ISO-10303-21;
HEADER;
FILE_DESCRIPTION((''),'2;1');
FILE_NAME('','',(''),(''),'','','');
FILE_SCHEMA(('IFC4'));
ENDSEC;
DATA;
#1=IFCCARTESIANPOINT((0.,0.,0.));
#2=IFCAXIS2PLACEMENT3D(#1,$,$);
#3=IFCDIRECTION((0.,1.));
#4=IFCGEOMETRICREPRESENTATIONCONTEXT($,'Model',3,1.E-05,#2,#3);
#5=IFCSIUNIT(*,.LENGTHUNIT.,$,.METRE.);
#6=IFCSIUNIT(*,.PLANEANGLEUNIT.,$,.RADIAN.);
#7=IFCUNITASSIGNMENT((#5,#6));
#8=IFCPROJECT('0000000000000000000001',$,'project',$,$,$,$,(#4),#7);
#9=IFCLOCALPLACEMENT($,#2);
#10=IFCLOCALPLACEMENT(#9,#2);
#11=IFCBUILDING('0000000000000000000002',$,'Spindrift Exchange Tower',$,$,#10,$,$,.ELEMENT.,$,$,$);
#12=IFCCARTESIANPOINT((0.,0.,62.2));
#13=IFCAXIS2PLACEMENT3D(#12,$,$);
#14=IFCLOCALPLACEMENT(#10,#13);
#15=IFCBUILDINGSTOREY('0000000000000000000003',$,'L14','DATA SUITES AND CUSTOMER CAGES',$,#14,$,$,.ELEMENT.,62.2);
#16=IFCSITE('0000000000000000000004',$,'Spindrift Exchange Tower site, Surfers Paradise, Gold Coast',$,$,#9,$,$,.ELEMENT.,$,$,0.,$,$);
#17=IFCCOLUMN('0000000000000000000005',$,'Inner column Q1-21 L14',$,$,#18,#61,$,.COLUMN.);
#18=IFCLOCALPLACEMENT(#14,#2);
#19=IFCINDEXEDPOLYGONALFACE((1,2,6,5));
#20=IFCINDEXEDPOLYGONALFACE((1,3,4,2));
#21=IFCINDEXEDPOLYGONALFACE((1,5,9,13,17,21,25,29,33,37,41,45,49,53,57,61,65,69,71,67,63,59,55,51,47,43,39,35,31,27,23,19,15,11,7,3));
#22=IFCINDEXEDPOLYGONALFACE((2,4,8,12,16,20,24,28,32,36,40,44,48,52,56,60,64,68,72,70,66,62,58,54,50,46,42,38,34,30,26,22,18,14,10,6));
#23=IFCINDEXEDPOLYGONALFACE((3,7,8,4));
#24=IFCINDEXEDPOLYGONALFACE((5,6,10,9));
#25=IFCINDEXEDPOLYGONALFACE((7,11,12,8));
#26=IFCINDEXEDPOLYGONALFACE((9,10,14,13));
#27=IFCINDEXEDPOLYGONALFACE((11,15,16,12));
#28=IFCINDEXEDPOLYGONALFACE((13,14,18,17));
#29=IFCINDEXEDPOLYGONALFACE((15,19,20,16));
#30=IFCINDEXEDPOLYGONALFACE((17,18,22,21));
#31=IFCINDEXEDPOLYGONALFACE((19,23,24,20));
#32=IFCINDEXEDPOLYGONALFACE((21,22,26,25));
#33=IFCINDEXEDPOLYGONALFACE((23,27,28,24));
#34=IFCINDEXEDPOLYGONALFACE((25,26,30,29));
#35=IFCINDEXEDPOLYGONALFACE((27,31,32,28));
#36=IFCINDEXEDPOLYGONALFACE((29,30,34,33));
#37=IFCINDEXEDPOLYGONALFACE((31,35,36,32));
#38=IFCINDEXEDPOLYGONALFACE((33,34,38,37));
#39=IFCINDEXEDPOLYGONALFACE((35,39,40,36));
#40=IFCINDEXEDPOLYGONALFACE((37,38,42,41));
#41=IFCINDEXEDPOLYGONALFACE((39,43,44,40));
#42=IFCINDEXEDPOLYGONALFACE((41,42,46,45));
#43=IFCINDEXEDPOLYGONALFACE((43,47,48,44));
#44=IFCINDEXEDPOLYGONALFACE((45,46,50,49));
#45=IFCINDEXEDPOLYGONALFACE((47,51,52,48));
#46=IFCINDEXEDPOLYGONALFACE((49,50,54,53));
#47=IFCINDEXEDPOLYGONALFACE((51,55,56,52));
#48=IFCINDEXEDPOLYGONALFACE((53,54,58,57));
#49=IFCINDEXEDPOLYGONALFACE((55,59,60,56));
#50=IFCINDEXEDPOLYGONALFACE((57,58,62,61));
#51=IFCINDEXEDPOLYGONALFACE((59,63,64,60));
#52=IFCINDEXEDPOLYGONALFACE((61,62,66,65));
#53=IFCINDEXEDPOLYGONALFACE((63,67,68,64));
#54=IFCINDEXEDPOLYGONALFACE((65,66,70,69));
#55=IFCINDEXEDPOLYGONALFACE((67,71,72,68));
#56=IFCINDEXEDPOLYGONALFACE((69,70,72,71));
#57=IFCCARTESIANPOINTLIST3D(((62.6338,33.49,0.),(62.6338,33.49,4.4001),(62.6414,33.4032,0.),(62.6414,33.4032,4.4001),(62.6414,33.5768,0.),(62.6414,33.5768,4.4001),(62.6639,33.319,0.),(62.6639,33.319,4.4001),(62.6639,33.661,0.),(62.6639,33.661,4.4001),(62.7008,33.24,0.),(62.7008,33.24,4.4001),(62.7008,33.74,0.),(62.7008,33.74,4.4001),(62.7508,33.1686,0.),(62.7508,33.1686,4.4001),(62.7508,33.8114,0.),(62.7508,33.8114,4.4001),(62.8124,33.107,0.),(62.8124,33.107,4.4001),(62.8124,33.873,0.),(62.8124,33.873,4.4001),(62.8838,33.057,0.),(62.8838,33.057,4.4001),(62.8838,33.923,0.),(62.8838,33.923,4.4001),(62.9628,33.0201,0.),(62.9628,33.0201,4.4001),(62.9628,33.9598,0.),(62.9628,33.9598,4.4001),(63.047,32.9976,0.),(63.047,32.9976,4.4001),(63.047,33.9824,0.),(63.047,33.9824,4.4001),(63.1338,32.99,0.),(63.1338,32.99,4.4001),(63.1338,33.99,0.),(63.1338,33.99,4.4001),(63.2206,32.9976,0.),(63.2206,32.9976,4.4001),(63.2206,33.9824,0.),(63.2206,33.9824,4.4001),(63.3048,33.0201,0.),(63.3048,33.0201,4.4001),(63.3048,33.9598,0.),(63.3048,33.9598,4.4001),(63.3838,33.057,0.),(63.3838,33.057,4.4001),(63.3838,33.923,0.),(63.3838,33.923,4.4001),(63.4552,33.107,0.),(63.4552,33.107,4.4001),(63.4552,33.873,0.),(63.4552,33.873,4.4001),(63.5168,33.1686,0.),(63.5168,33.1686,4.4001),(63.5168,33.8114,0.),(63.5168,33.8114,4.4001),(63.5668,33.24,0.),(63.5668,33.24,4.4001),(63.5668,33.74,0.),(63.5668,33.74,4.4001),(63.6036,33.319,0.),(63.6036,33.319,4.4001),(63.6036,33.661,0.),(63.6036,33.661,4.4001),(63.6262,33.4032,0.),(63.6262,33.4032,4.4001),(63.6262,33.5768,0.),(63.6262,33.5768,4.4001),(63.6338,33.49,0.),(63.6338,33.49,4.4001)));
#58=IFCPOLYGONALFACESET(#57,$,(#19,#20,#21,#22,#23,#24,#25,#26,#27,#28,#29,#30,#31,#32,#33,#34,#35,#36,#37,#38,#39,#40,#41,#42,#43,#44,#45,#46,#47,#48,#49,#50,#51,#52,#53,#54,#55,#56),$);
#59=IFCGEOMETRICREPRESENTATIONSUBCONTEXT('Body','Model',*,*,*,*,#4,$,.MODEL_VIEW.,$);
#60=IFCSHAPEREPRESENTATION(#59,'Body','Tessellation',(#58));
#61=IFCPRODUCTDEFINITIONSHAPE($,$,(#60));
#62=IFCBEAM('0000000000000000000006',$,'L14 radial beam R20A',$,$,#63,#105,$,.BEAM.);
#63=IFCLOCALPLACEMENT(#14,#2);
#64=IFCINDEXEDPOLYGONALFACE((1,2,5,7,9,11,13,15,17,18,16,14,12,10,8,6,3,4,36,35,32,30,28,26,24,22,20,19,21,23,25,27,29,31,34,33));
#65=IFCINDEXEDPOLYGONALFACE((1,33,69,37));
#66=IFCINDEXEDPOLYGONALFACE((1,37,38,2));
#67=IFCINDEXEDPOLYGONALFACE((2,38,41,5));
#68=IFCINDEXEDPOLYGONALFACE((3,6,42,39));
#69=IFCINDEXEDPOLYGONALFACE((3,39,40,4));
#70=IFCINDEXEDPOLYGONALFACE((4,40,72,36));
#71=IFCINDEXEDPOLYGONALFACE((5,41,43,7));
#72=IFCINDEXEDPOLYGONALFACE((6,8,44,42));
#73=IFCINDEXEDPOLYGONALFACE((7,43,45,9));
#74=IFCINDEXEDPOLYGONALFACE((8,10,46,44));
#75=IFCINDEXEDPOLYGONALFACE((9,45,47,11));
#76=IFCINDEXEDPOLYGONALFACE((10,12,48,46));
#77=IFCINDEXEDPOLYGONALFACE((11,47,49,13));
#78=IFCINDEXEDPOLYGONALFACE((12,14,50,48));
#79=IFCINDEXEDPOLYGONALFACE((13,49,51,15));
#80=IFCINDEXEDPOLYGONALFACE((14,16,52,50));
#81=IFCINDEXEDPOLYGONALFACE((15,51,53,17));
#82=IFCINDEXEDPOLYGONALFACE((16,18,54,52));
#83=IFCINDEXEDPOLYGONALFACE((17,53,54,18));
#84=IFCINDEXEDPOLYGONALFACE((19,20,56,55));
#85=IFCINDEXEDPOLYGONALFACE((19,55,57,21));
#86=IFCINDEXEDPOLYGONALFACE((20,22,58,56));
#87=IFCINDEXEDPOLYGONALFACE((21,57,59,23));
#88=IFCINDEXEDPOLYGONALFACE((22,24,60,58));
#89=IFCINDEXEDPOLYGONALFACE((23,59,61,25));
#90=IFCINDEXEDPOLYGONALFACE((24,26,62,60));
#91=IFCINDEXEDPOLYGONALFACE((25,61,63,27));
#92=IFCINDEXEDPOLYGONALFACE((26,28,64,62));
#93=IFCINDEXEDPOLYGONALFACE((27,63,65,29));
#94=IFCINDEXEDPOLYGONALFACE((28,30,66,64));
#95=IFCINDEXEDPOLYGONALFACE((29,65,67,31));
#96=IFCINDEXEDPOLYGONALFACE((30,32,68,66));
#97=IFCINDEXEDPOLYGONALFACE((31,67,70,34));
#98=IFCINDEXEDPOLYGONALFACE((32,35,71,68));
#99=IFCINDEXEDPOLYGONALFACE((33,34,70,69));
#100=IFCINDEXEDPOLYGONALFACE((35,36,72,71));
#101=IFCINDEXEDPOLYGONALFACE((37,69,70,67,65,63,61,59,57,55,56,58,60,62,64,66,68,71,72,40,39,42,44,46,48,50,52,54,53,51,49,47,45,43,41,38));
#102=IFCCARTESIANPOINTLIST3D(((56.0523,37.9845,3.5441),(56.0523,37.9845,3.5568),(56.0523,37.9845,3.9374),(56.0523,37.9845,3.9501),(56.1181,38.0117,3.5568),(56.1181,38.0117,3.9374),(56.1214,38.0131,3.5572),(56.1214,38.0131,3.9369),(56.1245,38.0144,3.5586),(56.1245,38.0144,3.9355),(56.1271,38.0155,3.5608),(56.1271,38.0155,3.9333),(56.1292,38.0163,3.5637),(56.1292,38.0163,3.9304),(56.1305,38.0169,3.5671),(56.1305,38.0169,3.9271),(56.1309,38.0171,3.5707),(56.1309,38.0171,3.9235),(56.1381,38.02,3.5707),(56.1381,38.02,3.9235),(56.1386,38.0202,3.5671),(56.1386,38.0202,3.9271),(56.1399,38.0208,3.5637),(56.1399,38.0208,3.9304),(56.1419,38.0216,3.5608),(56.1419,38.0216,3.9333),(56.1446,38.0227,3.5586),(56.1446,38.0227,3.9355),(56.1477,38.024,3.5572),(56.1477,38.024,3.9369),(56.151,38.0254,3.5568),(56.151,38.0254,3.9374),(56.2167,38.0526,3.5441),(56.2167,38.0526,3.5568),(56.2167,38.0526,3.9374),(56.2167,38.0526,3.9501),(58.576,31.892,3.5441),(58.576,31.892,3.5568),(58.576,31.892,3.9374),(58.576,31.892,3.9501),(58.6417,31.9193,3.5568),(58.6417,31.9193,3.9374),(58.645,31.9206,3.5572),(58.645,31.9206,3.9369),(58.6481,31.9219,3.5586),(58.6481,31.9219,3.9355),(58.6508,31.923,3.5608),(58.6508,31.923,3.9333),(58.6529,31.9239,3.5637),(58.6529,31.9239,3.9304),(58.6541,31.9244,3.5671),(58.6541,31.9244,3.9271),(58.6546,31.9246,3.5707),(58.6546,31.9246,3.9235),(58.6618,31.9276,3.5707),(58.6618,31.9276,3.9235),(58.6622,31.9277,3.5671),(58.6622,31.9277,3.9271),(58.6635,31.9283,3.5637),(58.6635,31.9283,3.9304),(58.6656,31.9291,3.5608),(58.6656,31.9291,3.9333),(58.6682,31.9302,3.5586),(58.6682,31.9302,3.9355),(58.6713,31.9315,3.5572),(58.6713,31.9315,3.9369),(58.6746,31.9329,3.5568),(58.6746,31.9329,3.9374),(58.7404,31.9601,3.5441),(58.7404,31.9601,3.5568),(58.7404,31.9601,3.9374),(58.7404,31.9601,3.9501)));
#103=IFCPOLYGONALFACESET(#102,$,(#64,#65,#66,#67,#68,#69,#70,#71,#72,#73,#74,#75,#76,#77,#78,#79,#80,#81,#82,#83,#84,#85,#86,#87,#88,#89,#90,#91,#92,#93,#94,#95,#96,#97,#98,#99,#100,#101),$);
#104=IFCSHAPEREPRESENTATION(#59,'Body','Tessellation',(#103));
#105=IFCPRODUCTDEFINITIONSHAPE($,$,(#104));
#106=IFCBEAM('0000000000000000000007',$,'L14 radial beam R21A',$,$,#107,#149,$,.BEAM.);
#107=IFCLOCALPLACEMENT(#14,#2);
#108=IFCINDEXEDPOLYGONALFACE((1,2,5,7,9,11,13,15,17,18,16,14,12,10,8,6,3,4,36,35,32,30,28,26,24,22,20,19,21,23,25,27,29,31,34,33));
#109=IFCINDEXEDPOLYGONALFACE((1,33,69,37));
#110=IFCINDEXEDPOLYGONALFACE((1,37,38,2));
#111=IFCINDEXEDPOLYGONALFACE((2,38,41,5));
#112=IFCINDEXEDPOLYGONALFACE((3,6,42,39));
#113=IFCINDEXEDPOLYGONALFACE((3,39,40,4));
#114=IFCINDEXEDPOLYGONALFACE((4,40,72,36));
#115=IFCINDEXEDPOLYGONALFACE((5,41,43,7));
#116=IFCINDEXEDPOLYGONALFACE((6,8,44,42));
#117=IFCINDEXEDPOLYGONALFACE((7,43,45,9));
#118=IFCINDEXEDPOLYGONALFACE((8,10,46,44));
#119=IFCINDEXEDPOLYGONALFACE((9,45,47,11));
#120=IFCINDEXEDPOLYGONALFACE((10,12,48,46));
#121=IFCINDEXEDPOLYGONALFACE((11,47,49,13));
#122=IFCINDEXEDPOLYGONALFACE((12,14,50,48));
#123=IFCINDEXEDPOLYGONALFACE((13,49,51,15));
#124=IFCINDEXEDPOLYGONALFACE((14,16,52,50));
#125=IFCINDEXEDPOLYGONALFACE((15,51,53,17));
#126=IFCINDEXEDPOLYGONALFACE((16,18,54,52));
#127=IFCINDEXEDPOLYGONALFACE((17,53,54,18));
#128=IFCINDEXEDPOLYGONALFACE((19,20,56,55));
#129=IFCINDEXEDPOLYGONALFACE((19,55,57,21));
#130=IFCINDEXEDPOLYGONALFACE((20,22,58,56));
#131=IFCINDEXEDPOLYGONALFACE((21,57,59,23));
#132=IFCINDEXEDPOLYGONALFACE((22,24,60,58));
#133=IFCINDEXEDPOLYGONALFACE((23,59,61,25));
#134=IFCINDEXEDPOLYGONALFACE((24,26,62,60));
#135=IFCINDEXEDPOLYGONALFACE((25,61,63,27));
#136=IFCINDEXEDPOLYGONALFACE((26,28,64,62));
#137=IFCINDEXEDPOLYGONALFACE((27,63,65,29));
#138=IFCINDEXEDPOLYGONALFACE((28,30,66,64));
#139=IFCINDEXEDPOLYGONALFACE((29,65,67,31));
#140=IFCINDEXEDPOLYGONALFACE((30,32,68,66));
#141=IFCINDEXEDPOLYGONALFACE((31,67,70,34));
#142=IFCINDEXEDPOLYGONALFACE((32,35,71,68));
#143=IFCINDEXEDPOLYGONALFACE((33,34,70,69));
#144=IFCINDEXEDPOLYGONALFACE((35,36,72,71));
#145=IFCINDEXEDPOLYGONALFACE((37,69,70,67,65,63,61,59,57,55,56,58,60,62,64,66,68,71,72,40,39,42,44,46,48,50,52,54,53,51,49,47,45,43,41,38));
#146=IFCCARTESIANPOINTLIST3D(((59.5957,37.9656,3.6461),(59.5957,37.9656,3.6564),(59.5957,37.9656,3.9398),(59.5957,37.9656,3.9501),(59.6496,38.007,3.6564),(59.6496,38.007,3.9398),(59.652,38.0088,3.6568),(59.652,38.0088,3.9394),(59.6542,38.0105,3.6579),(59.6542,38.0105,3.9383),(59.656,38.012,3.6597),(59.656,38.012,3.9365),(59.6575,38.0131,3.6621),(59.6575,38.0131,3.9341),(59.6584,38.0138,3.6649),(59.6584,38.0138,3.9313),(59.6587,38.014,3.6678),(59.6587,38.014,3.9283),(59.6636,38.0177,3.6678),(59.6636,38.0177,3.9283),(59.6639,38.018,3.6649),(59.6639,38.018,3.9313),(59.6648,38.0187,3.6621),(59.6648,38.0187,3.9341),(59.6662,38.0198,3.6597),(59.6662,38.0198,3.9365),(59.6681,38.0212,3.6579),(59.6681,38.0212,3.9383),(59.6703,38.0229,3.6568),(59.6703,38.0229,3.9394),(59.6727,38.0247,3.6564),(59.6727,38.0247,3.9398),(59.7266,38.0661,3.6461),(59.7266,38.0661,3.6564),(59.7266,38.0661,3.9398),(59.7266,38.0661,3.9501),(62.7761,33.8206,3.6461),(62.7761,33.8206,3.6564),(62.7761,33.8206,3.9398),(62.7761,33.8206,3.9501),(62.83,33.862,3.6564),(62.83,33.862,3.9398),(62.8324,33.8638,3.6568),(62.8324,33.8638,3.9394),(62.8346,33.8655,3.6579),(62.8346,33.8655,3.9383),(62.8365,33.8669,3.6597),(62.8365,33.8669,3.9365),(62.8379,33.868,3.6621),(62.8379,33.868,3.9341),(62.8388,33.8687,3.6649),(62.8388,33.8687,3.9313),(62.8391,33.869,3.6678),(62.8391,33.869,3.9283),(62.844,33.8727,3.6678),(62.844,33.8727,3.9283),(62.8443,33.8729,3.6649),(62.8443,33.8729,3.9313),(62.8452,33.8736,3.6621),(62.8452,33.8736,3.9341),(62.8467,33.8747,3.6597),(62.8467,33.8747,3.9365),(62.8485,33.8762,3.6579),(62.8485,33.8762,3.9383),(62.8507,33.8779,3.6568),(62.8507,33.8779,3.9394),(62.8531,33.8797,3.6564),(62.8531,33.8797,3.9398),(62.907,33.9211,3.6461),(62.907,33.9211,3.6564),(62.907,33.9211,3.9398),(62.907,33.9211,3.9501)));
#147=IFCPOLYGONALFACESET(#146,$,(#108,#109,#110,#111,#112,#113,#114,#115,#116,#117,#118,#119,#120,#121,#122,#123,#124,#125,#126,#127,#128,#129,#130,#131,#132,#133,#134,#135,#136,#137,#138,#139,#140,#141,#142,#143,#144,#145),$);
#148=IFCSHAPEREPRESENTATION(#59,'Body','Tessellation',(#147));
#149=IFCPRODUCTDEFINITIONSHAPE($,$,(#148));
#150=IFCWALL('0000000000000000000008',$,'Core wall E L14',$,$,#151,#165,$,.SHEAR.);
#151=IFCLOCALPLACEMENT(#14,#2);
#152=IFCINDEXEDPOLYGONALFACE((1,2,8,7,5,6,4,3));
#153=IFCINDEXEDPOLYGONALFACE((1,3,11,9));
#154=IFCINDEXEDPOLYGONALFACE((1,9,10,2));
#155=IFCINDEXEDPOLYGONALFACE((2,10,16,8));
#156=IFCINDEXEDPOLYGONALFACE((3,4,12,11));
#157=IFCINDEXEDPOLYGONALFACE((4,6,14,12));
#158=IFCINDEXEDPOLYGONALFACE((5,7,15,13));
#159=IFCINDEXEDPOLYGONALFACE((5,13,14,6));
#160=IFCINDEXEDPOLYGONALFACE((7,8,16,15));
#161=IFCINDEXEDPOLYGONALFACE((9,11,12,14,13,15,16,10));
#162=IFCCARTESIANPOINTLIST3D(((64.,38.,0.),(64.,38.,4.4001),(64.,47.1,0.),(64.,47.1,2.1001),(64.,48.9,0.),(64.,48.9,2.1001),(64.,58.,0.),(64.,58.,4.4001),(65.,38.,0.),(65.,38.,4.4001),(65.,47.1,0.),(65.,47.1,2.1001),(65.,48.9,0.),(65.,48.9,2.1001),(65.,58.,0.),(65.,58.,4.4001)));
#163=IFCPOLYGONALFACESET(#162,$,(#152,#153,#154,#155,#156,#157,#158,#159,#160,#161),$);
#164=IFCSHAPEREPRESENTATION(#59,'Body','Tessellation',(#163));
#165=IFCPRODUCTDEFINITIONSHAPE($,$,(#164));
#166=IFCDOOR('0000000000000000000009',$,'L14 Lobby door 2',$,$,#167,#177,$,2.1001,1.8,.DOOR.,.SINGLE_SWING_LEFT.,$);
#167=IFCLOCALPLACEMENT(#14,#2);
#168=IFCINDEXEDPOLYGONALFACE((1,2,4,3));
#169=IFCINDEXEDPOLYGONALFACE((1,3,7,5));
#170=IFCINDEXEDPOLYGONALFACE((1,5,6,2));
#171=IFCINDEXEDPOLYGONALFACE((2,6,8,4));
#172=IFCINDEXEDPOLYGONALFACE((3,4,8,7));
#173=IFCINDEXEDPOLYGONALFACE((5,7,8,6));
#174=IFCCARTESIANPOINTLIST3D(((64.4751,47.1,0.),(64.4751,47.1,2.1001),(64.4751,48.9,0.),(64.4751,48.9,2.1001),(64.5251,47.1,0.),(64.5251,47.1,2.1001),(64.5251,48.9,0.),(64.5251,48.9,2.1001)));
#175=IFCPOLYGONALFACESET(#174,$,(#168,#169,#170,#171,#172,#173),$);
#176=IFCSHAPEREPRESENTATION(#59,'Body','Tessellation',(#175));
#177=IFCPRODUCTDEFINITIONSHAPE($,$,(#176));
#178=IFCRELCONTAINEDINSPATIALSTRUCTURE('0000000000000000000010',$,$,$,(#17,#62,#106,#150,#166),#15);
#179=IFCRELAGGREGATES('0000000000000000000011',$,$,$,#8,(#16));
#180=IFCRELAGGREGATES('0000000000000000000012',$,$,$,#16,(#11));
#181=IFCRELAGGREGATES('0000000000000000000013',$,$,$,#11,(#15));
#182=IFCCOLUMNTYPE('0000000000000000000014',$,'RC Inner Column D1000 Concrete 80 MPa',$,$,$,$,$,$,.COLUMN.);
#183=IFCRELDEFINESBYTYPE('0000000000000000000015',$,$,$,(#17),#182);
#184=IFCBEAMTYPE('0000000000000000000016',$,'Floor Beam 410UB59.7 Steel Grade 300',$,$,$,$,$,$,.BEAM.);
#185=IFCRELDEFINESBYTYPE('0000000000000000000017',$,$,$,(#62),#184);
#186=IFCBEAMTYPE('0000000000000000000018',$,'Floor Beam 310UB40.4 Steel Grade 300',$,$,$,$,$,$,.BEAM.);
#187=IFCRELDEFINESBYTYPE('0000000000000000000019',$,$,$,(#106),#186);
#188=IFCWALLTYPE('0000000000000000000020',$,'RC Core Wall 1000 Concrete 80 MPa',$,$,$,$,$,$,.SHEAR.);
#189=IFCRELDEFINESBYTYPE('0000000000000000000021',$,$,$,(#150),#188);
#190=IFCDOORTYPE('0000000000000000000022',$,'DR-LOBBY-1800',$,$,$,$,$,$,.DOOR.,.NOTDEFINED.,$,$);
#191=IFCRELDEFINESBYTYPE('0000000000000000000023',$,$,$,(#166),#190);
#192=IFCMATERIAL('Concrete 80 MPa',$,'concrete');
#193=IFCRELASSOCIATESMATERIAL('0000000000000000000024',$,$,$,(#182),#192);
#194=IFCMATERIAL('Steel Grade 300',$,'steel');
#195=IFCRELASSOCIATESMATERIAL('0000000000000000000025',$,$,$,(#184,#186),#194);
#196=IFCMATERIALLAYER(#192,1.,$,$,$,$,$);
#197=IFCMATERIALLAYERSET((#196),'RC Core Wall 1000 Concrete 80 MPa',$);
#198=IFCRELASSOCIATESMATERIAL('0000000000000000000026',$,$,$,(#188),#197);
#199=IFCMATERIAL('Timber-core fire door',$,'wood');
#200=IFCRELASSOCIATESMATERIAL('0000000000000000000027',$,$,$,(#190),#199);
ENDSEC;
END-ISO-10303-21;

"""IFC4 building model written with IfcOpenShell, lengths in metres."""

from ifc_helpers import new_model, si_unit, direction, frame, frame_2d, origin, origin_2d, place, context, subcontext, project, spatial, rectangle, circle, i_section, extrude, source, transform, mapped, material, layer, layer_set, material_profile, profile_set, type_object, element, fill, save


model = new_model("IFC4")

# Units and contexts
model_context = context("Model", 3, precision=1e-05, world=origin(), true_north=direction((0.0, 1.0)))
body_context = subcontext(model_context, "Body", "Model", "MODEL_VIEW")
ifc_project = project(units=[si_unit("LENGTHUNIT", "METRE"), si_unit("PLANEANGLEUNIT", "RADIAN")], contexts=[model_context])

# Site, building, storey
site_placement = place(None, origin())
site = spatial("IfcSite", under=ifc_project, at=site_placement, Name="Spindrift Exchange Tower site, Surfers Paradise, Gold Coast", CompositionType="ELEMENT", RefElevation=0.0)
building_placement = place(site_placement, origin())
building = spatial("IfcBuilding", under=site, at=building_placement, Name="Spindrift Exchange Tower", CompositionType="ELEMENT")
storey_placement = place(building_placement, frame((0.0, 0.0, 62.2)))
storey = spatial("IfcBuildingStorey", under=building, at=storey_placement, Name="L14", Description="DATA SUITES AND CUSTOMER CAGES", CompositionType="ELEMENT", Elevation=62.2)

# Column
ifc_material_1 = material(Name="Concrete 80 MPa", Category="concrete")
ifc_material_profile_1 = material_profile(ifc_material_1, circle(Radius=0.5, at=origin_2d()), Name="RC D1000")
ifc_profile_set_1 = profile_set([ifc_material_profile_1], Name="Concrete 80 MPa")
column_type = type_object("IfcColumnType", Name="RC Inner Column D1000 Concrete 80 MPa", PredefinedType="COLUMN", material=ifc_profile_set_1)
shared_shape_1 = source(origin(), body_context, "Body", "SweptSolid", [
    extrude(circle(Radius=0.5, at=origin_2d()), origin(), (0.0, 0.0, 1.0), 4.4001),
])
column_placement = place(storey_placement, frame((63.1338, 33.49, 0.0), z_axis=(0.0, 0.0, 1.0), x_axis=(1.0, 0.0, 0.0)))
element("IfcColumn", 1, at=column_placement, inside=storey, type_object=column_type, Name="Inner column Q1-21 L14", PredefinedType="COLUMN", context=body_context, shape_type="MappedRepresentation", body=[
    mapped(shared_shape_1, transform((0.0, 0.0, 0.0), scale=1.0)),
])

# Beams
ifc_material_2 = material(Name="Steel Grade 300", Category="steel")
ifc_material_profile_2 = material_profile(ifc_material_2, i_section(OverallWidth=0.178, OverallDepth=0.406, WebThickness=0.0078, FlangeThickness=0.0127, FilletRadius=0.0139, at=origin_2d()), Name="410UB59.7")
ifc_profile_set_2 = profile_set([ifc_material_profile_2], Name="Steel Grade 300")
beam_type_1 = type_object("IfcBeamType", Name="Floor Beam 410UB59.7 Steel Grade 300", PredefinedType="BEAM", material=ifc_profile_set_2)
shared_shape_2 = source(origin(), body_context, "Body", "SweptSolid", [
    extrude(i_section(OverallWidth=0.178, OverallDepth=0.406, WebThickness=0.0078, FlangeThickness=0.0127, FilletRadius=0.0139, at=origin_2d()), origin(), (0.0, 0.0, 1.0), 6.5945),
])
beam_1_placement = place(storey_placement, frame((56.1345, 38.0186, 3.7471), z_axis=(0.382693, -0.923876, 0.0), x_axis=(0.923876, 0.382693, 0.0)))
element("IfcBeam", 2, at=beam_1_placement, inside=storey, type_object=beam_type_1, Name="L14 radial beam R20A", PredefinedType="BEAM", context=body_context, shape_type="MappedRepresentation", body=[
    mapped(shared_shape_2, transform((0.0, 0.0, 0.0), scale=1.0)),
])
ifc_material_profile_3 = material_profile(ifc_material_2, i_section(OverallWidth=0.165, OverallDepth=0.304, WebThickness=0.0061, FlangeThickness=0.0103, FilletRadius=0.0115, at=origin_2d()), Name="310UB40.4")
ifc_profile_set_3 = profile_set([ifc_material_profile_3], Name="Steel Grade 300")
beam_type_2 = type_object("IfcBeamType", Name="Floor Beam 310UB40.4 Steel Grade 300", PredefinedType="BEAM", material=ifc_profile_set_3)
shared_shape_3 = source(origin(), body_context, "Body", "SweptSolid", [
    extrude(i_section(OverallWidth=0.165, OverallDepth=0.304, WebThickness=0.0061, FlangeThickness=0.0103, FilletRadius=0.0115, at=origin_2d()), origin(), (0.0, 0.0, 1.0), 5.2246),
])
beam_2_placement = place(storey_placement, frame((59.6611, 38.0159, 3.7981), z_axis=(0.608741, -0.793369, 0.0), x_axis=(0.793369, 0.608741, 0.0)))
element("IfcBeam", 3, at=beam_2_placement, inside=storey, type_object=beam_type_2, Name="L14 radial beam R21A", PredefinedType="BEAM", context=body_context, shape_type="MappedRepresentation", body=[
    mapped(shared_shape_3, transform((0.0, 0.0, 0.0), scale=1.0)),
])

# Wall, opening, door
ifc_layer_1 = layer(ifc_material_1, 1.0)
ifc_layer_set_1 = layer_set([ifc_layer_1], Name="RC Core Wall 1000 Concrete 80 MPa")
wall_type_1 = type_object("IfcWallType", Name="RC Core Wall 1000 Concrete 80 MPa", PredefinedType="SHEAR", material=ifc_layer_set_1)
wall_1_placement = place(storey_placement, frame((64.5, 38.0, 0.0), z_axis=(0.0, 0.0, 1.0), x_axis=(0.0, 1.0, 0.0)))
wall_1 = element("IfcWall", 4, at=wall_1_placement, inside=storey, type_object=wall_type_1, Name="Core wall E L14", PredefinedType="SHEAR", context=body_context, shape_type="SweptSolid", body=[
    extrude(rectangle(XDim=20.0, YDim=1.0, at=frame_2d((10.0, 0.0))), origin(), (0.0, 0.0, 1.0), 4.4001),
])
opening_1_placement = place(wall_1_placement, frame((9.1001, 0.0, 0.0)))
opening_1 = element("IfcOpeningElement", 5, at=opening_1_placement, cuts=wall_1, PredefinedType="OPENING", context=body_context, shape_type="SweptSolid", body=[
    extrude(rectangle(XDim=1.8, YDim=2.1001, at=frame_2d((0.8999, 1.05))), frame((0.0, 0.51, 0.0), z_axis=(0.0, -1.0, 0.0), x_axis=(1.0, 0.0, 0.0)), (0.0, 0.0, 1.0), 1.02),
])
ifc_material_3 = material(Name="Timber-core fire door", Category="wood")
door_type_1 = type_object("IfcDoorType", Name="DR-LOBBY-1800", OperationType="NOTDEFINED", PredefinedType="DOOR", material=ifc_material_3)
shared_shape_4 = source(origin(), body_context, "Body", "SweptSolid", [
    extrude(rectangle(XDim=1.8, YDim=2.1001, at=frame_2d((0.8999, 1.05))), frame((0.0, 0.0249, 0.0), z_axis=(0.0, -1.0, 0.0), x_axis=(1.0, 0.0, 0.0)), (0.0, 0.0, 1.0), 0.05),
])
door_1_placement = place(opening_1_placement, origin())
door_1 = element("IfcDoor", 6, at=door_1_placement, inside=storey, type_object=door_type_1, Name="L14 Lobby door 2", OperationType="SINGLE_SWING_LEFT", OverallHeight=2.1001, OverallWidth=1.8, PredefinedType="DOOR", context=body_context, shape_type="MappedRepresentation", body=[
    mapped(shared_shape_4, transform((0.0, 0.0, 0.0), scale=1.0)),
])
fill(opening_1, door_1)

save(model, "model.ifc")
